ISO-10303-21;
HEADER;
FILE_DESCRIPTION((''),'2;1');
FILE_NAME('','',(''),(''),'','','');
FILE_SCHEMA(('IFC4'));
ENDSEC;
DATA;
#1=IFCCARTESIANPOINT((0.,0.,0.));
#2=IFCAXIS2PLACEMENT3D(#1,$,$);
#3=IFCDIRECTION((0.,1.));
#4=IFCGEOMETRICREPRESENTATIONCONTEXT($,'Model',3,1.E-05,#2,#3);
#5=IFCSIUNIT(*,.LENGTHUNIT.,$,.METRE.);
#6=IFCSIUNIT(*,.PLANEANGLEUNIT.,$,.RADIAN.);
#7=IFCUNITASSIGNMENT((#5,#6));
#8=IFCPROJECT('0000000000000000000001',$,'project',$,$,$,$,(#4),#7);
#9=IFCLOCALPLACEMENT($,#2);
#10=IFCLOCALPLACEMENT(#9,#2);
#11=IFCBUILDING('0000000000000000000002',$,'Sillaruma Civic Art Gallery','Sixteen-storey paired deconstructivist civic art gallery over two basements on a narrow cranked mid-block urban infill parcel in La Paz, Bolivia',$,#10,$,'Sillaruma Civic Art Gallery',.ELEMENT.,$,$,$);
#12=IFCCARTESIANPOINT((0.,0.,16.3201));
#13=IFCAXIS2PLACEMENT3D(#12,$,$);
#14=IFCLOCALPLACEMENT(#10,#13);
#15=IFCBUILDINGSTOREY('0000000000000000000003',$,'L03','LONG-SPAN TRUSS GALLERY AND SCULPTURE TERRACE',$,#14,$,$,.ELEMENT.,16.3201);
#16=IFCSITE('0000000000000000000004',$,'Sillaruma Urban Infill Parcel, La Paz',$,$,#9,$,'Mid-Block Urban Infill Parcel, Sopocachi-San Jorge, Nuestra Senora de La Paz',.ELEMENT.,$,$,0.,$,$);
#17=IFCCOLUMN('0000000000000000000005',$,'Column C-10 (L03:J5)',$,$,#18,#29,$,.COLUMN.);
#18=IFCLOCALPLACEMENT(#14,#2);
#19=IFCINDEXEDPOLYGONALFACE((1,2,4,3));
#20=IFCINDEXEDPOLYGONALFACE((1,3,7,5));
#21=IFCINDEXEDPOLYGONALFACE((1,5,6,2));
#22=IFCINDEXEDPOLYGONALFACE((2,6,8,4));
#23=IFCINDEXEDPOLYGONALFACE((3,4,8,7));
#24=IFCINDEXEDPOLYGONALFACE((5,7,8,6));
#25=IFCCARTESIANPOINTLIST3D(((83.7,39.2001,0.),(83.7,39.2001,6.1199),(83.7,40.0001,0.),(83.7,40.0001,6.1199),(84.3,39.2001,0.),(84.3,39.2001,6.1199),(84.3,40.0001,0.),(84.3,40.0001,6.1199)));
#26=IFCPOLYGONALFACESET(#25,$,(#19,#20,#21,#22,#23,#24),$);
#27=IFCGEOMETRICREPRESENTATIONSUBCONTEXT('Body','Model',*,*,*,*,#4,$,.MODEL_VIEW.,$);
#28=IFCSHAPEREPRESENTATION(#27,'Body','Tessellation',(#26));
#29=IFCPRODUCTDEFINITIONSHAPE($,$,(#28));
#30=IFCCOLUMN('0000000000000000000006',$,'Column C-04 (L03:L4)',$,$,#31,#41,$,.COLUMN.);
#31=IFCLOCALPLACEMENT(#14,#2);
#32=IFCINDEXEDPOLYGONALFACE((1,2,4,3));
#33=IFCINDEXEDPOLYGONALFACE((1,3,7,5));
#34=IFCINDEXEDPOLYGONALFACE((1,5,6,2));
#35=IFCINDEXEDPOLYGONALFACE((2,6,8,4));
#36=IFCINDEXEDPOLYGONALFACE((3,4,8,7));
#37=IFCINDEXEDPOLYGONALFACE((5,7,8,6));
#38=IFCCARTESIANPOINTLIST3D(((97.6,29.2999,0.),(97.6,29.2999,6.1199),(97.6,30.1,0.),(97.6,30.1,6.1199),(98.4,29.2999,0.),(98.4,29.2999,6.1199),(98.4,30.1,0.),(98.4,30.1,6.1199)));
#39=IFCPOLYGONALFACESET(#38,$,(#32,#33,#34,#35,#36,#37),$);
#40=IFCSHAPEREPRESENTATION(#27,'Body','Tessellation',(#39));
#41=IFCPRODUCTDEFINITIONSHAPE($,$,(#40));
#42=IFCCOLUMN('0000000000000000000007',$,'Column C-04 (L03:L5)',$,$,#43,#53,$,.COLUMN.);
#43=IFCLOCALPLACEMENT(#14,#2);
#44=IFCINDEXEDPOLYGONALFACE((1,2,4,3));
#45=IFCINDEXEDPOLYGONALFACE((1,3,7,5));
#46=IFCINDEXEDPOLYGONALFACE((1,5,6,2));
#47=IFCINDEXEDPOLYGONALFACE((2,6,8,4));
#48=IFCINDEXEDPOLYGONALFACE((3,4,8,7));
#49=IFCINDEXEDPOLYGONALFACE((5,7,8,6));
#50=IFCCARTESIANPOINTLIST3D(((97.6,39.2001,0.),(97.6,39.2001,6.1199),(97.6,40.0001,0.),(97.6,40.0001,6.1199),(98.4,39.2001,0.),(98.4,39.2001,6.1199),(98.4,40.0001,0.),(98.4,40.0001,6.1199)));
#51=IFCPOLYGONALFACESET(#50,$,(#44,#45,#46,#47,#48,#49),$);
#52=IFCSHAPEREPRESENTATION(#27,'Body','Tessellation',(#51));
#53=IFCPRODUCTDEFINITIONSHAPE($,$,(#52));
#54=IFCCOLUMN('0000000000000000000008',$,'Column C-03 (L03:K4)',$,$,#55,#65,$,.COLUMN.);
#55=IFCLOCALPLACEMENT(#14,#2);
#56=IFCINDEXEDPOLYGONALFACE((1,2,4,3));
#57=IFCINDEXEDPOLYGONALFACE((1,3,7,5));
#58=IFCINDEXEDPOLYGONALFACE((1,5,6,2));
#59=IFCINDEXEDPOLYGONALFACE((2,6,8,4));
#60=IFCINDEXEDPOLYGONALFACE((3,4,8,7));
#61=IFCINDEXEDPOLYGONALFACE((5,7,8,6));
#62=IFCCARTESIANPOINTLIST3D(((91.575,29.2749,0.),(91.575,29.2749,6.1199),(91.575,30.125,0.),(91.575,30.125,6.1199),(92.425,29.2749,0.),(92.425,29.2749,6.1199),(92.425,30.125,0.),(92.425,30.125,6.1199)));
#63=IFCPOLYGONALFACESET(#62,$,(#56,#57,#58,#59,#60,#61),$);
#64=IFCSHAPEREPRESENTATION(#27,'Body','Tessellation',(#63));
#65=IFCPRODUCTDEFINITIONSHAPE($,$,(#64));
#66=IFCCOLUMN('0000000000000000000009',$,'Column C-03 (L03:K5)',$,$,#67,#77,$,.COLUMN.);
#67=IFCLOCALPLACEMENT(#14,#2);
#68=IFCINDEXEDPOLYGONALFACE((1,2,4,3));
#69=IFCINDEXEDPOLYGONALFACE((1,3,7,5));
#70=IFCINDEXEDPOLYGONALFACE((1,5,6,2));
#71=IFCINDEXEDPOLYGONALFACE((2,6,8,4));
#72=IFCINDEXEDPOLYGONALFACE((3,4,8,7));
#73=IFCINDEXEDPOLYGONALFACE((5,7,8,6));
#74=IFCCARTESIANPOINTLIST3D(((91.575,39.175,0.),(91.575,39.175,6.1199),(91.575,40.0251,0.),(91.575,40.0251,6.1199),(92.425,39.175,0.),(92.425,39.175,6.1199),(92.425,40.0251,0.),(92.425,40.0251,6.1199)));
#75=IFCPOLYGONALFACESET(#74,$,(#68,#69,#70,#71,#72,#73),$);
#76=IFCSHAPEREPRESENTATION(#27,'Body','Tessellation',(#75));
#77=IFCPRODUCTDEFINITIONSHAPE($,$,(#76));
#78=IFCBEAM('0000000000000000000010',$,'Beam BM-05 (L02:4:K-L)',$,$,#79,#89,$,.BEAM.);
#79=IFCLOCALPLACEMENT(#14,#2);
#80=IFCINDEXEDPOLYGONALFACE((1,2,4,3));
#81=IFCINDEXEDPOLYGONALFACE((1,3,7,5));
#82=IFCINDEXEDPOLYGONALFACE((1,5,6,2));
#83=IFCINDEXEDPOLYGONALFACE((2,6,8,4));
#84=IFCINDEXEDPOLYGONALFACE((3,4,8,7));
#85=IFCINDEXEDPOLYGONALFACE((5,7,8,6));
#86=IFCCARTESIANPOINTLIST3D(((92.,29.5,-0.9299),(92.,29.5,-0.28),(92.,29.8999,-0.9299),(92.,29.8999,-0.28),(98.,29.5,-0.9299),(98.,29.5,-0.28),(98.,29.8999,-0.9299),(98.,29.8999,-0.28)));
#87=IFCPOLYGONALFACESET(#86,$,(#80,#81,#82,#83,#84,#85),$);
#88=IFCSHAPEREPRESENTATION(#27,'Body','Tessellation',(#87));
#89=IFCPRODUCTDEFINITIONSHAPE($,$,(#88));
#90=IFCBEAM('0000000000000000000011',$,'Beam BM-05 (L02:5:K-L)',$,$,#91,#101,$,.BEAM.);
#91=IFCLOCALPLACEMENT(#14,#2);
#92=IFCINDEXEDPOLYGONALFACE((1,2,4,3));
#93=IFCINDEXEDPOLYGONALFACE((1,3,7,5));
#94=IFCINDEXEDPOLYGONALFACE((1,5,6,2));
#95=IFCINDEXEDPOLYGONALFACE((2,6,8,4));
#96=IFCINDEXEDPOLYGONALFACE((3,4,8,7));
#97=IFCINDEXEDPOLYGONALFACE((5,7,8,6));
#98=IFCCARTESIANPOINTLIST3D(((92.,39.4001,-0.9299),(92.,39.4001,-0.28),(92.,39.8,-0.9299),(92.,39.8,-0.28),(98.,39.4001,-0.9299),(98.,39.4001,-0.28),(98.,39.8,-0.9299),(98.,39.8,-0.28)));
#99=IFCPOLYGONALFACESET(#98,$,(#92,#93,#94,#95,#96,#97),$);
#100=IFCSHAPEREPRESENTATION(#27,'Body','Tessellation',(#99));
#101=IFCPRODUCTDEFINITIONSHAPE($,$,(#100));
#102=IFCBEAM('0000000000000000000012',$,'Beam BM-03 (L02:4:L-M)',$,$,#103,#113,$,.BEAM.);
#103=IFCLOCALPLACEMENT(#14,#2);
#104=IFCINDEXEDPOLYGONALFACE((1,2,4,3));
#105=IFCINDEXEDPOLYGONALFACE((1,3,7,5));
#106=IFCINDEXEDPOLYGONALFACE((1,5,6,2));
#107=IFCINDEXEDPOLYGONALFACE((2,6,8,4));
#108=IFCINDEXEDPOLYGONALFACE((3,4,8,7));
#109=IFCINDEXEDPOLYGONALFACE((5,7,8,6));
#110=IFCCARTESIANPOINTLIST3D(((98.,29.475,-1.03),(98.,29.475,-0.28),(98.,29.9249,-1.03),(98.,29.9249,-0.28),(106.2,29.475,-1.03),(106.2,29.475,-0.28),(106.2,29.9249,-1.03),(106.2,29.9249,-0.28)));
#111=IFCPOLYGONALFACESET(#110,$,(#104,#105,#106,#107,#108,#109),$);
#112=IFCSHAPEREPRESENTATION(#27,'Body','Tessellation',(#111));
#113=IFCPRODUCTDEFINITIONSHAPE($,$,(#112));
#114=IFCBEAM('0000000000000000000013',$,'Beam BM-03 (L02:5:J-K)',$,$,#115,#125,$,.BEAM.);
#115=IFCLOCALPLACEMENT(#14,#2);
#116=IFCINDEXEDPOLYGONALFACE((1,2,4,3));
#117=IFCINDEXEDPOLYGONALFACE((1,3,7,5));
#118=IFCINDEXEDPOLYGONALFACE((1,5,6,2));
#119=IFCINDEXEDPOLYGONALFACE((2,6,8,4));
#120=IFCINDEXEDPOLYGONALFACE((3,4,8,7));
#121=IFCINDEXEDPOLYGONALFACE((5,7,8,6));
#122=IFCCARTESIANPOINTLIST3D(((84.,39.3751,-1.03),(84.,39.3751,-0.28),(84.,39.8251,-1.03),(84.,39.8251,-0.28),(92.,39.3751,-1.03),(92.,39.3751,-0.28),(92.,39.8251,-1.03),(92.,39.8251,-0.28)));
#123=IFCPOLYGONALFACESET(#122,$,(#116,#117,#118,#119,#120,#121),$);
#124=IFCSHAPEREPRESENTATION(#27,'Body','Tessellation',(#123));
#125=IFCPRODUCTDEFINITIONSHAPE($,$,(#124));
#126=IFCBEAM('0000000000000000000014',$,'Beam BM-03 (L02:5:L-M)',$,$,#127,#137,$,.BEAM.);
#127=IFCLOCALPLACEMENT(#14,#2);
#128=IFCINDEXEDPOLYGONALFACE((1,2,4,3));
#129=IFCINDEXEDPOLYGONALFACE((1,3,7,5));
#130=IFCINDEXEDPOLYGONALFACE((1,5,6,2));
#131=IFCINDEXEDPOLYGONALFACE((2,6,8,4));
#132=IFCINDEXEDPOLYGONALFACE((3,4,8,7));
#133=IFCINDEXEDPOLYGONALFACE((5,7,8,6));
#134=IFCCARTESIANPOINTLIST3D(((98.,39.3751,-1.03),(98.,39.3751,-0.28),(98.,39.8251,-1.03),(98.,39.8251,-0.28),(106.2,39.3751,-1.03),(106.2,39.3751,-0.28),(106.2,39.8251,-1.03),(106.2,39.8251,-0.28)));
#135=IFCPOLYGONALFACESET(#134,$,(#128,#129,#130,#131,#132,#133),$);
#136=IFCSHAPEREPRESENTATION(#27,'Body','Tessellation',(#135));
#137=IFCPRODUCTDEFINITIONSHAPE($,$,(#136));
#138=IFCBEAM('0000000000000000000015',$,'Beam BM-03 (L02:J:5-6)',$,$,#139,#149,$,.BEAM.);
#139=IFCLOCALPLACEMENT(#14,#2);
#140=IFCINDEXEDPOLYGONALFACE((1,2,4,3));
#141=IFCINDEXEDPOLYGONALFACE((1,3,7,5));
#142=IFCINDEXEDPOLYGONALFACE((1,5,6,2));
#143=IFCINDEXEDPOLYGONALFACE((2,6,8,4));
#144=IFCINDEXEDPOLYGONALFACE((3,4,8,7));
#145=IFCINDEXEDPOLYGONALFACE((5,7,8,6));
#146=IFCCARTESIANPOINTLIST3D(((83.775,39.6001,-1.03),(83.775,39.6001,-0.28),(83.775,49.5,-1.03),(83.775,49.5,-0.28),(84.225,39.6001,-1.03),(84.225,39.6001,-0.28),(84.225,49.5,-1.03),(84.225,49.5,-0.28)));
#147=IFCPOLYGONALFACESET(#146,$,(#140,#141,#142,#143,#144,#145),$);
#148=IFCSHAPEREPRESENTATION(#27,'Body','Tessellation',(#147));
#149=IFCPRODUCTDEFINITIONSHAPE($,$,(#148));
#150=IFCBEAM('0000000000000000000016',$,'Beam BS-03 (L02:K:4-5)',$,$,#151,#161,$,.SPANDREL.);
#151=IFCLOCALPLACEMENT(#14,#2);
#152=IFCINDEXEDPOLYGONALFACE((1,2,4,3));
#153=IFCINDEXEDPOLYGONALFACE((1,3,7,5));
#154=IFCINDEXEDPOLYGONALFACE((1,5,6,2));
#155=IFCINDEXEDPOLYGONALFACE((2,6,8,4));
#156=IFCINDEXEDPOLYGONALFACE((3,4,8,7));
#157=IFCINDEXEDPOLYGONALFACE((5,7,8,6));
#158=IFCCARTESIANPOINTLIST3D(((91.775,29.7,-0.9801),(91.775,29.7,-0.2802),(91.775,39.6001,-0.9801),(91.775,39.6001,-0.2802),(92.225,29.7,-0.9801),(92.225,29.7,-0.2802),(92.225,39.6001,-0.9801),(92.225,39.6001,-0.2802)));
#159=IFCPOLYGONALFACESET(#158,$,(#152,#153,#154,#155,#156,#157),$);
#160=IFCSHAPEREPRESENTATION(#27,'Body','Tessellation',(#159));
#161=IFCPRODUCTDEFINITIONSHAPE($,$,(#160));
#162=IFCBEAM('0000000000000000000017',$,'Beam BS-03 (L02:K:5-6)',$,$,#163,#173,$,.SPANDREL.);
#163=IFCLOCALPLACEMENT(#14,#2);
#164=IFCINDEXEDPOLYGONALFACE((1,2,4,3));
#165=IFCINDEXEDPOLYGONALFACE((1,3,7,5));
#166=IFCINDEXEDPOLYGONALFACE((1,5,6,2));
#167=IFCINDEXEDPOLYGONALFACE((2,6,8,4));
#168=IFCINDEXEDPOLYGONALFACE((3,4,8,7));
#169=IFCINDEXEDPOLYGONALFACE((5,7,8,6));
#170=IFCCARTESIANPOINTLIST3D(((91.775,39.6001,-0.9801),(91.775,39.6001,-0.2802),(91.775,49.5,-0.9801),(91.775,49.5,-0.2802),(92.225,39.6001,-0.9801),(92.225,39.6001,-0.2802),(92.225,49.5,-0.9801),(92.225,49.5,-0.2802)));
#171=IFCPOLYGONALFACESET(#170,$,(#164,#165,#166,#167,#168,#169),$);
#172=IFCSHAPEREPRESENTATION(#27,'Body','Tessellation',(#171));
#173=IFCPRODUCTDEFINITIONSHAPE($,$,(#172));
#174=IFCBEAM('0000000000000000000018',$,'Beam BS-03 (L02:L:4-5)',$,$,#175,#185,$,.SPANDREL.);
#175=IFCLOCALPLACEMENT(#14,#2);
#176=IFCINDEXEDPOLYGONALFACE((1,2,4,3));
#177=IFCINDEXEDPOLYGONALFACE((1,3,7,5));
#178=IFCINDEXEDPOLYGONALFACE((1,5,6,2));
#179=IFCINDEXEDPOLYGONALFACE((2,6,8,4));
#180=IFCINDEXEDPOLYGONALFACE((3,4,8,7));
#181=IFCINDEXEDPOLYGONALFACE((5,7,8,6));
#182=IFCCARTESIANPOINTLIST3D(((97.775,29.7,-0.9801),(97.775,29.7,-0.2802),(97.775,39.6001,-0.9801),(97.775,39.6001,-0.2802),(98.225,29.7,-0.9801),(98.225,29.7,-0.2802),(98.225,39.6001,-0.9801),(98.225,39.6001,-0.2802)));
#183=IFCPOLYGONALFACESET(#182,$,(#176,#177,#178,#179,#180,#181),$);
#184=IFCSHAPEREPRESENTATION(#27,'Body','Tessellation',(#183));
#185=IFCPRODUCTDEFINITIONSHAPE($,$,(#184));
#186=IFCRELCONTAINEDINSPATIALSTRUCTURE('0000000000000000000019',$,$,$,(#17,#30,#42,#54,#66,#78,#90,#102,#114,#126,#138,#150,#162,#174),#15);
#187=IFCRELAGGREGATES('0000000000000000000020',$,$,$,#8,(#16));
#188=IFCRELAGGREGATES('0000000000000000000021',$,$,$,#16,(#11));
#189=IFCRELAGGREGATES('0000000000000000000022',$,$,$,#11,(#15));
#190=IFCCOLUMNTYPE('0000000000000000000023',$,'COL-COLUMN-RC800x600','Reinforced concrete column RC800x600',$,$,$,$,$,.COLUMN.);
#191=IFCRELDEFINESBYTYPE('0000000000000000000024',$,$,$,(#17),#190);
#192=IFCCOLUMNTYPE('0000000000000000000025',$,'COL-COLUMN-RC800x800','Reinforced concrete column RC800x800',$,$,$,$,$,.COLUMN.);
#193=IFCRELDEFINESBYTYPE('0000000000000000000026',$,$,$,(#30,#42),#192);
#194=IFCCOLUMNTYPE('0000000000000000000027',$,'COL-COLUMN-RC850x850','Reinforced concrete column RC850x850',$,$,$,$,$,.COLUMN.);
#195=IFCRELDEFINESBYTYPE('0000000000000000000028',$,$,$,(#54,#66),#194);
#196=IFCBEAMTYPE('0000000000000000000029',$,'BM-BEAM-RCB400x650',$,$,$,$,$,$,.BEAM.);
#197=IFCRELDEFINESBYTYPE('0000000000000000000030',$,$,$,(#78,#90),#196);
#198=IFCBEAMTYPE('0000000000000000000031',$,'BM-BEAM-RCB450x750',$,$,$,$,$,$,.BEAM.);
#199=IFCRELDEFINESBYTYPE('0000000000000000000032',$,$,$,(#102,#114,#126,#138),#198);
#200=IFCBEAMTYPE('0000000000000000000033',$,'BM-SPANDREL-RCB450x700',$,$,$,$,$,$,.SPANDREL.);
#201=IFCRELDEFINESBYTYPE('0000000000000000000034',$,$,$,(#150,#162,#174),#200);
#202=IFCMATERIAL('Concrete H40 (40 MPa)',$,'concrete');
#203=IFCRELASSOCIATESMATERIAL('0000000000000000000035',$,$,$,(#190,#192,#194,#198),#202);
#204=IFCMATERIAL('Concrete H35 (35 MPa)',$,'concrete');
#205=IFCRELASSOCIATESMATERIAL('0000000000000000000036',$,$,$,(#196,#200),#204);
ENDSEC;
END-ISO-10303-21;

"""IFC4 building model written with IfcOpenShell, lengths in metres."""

from ifc_helpers import new_model, si_unit, direction, frame, origin, origin_2d, place, context, subcontext, project, spatial, rectangle, extrude, material, material_profile, profile_set, type_object, element, save


model = new_model("IFC4")

# Units and contexts
model_context = context("Model", 3, precision=1e-05, world=origin(), true_north=direction((0.0, 1.0)))
body_context = subcontext(model_context, "Body", "Model", "MODEL_VIEW")
ifc_project = project(units=[si_unit("LENGTHUNIT", "METRE"), si_unit("PLANEANGLEUNIT", "RADIAN")], contexts=[model_context])

# Site, building, storey
site_placement = place(None, origin())
site = spatial("IfcSite", under=ifc_project, at=site_placement, Name="Sillaruma Urban Infill Parcel, La Paz", LongName="Mid-Block Urban Infill Parcel, Sopocachi-San Jorge, Nuestra Senora de La Paz", CompositionType="ELEMENT", RefElevation=0.0)
building_placement = place(site_placement, origin())
building = spatial("IfcBuilding", under=site, at=building_placement, Name="Sillaruma Civic Art Gallery", Description="Sixteen-storey paired deconstructivist civic art gallery over two basements on a narrow cranked mid-block urban infill parcel in La Paz, Bolivia", LongName="Sillaruma Civic Art Gallery", CompositionType="ELEMENT")
storey_placement = place(building_placement, frame((0.0, 0.0, 16.3201)))
storey = spatial("IfcBuildingStorey", under=building, at=storey_placement, Name="L03", Description="LONG-SPAN TRUSS GALLERY AND SCULPTURE TERRACE", CompositionType="ELEMENT", Elevation=16.3201)

# Columns
ifc_material_1 = material(Name="Concrete H40 (40 MPa)", Category="concrete")
ifc_material_profile_1 = material_profile(ifc_material_1, rectangle(XDim=0.6001, YDim=0.8, at=origin_2d()), Name="RC800x600")
ifc_profile_set_1 = profile_set([ifc_material_profile_1], Name="Concrete H40 (40 MPa)")
column_type_1 = type_object("IfcColumnType", Name="COL-COLUMN-RC800x600", Description="Reinforced concrete column RC800x600", PredefinedType="COLUMN", material=ifc_profile_set_1)
column_placement = place(storey_placement, frame((84.0, 39.6001, 0.0), z_axis=(0.0, 0.0, 1.0), x_axis=(1.0, 0.0, 0.0)))
element("IfcColumn", 1, at=column_placement, inside=storey, type_object=column_type_1, Name="Column C-10 (L03:J5)", PredefinedType="COLUMN", context=body_context, shape_type="SweptSolid", body=[
    extrude(rectangle(XDim=0.6001, YDim=0.8, at=origin_2d()), origin(), (0.0, 0.0, 1.0), 6.1199),
])
ifc_material_profile_2 = material_profile(ifc_material_1, rectangle(XDim=0.8, YDim=0.8, at=origin_2d()), Name="RC800x800")
ifc_profile_set_2 = profile_set([ifc_material_profile_2], Name="Concrete H40 (40 MPa)")
column_type_2 = type_object("IfcColumnType", Name="COL-COLUMN-RC800x800", Description="Reinforced concrete column RC800x800", PredefinedType="COLUMN", material=ifc_profile_set_2)
for number, where, z_axis, x_axis, name in (
    (2, (98.0, 29.7, 0.0), (0.0, 0.0, 1.0), (1.0, 0.0, 0.0), "Column C-04 (L03:L4)"),
    (3, (98.0, 39.6001, 0.0), (0.0, 0.0, 1.0), (1.0, 0.0, 0.0), "Column C-04 (L03:L5)"),
):
    element("IfcColumn", number, at=place(storey_placement, frame(where, z_axis=z_axis, x_axis=x_axis)), inside=storey, type_object=column_type_2, Name=name, PredefinedType="COLUMN", context=body_context, shape_type="SweptSolid", body=[
        extrude(rectangle(XDim=0.8, YDim=0.8, at=origin_2d()), origin(), (0.0, 0.0, 1.0), 6.1199),
    ])
ifc_material_profile_3 = material_profile(ifc_material_1, rectangle(XDim=0.8501, YDim=0.8501, at=origin_2d()), Name="RC850x850")
ifc_profile_set_3 = profile_set([ifc_material_profile_3], Name="Concrete H40 (40 MPa)")
column_type_3 = type_object("IfcColumnType", Name="COL-COLUMN-RC850x850", Description="Reinforced concrete column RC850x850", PredefinedType="COLUMN", material=ifc_profile_set_3)
for number, where, z_axis, x_axis, name in (
    (4, (92.0, 29.7, 0.0), (0.0, 0.0, 1.0), (1.0, 0.0, 0.0), "Column C-03 (L03:K4)"),
    (5, (92.0, 39.6001, 0.0), (0.0, 0.0, 1.0), (1.0, 0.0, 0.0), "Column C-03 (L03:K5)"),
):
    element("IfcColumn", number, at=place(storey_placement, frame(where, z_axis=z_axis, x_axis=x_axis)), inside=storey, type_object=column_type_3, Name=name, PredefinedType="COLUMN", context=body_context, shape_type="SweptSolid", body=[
        extrude(rectangle(XDim=0.8501, YDim=0.8501, at=origin_2d()), origin(), (0.0, 0.0, 1.0), 6.1199),
    ])

# Beams
ifc_material_2 = material(Name="Concrete H35 (35 MPa)", Category="concrete")
ifc_material_profile_4 = material_profile(ifc_material_2, rectangle(XDim=0.3999, YDim=0.6499, at=origin_2d()), Name="RCB400x650")
ifc_profile_set_4 = profile_set([ifc_material_profile_4], Name="Concrete H35 (35 MPa)")
beam_type_1 = type_object("IfcBeamType", Name="BM-BEAM-RCB400x650", PredefinedType="BEAM", material=ifc_profile_set_4)
for number, where, z_axis, x_axis, name in (
    (6, (92.0, 29.7, -0.605), (1.0, 0.0, 0.0), (0.0, 1.0, 0.0), "Beam BM-05 (L02:4:K-L)"),
    (7, (92.0, 39.6001, -0.605), (1.0, 0.0, 0.0), (0.0, 1.0, 0.0), "Beam BM-05 (L02:5:K-L)"),
):
    element("IfcBeam", number, at=place(storey_placement, frame(where, z_axis=z_axis, x_axis=x_axis)), inside=storey, type_object=beam_type_1, Name=name, PredefinedType="BEAM", context=body_context, shape_type="SweptSolid", body=[
        extrude(rectangle(XDim=0.3999, YDim=0.6499, at=origin_2d()), origin(), (0.0, 0.0, 1.0), 6.0),
    ])
ifc_material_profile_5 = material_profile(ifc_material_1, rectangle(XDim=0.45, YDim=0.75, at=origin_2d()), Name="RCB450x750")
ifc_profile_set_5 = profile_set([ifc_material_profile_5], Name="Concrete H40 (40 MPa)")
beam_type_2 = type_object("IfcBeamType", Name="BM-BEAM-RCB450x750", PredefinedType="BEAM", material=ifc_profile_set_5)
beam_1_placement = place(storey_placement, frame((98.0, 29.7, -0.655), z_axis=(1.0, 0.0, 0.0), x_axis=(0.0, 1.0, 0.0)))
element("IfcBeam", 8, at=beam_1_placement, inside=storey, type_object=beam_type_2, Name="Beam BM-03 (L02:4:L-M)", PredefinedType="BEAM", context=body_context, shape_type="SweptSolid", body=[
    extrude(rectangle(XDim=0.45, YDim=0.75, at=origin_2d()), origin(), (0.0, 0.0, 1.0), 8.2),
])
beam_2_placement = place(storey_placement, frame((84.0, 39.6001, -0.655), z_axis=(1.0, 0.0, 0.0), x_axis=(0.0, 1.0, 0.0)))
element("IfcBeam", 9, at=beam_2_placement, inside=storey, type_object=beam_type_2, Name="Beam BM-03 (L02:5:J-K)", PredefinedType="BEAM", context=body_context, shape_type="SweptSolid", body=[
    extrude(rectangle(XDim=0.45, YDim=0.75, at=origin_2d()), origin(), (0.0, 0.0, 1.0), 8.0),
])
beam_3_placement = place(storey_placement, frame((98.0, 39.6001, -0.655), z_axis=(1.0, 0.0, 0.0), x_axis=(0.0, 1.0, 0.0)))
element("IfcBeam", 10, at=beam_3_placement, inside=storey, type_object=beam_type_2, Name="Beam BM-03 (L02:5:L-M)", PredefinedType="BEAM", context=body_context, shape_type="SweptSolid", body=[
    extrude(rectangle(XDim=0.45, YDim=0.75, at=origin_2d()), origin(), (0.0, 0.0, 1.0), 8.2),
])
beam_4_placement = place(storey_placement, frame((84.0, 39.6001, -0.655), z_axis=(0.0, 1.0, 0.0), x_axis=(-1.0, 0.0, 0.0)))
element("IfcBeam", 11, at=beam_4_placement, inside=storey, type_object=beam_type_2, Name="Beam BM-03 (L02:J:5-6)", PredefinedType="BEAM", context=body_context, shape_type="SweptSolid", body=[
    extrude(rectangle(XDim=0.45, YDim=0.75, at=origin_2d()), origin(), (0.0, 0.0, 1.0), 9.8999),
])
ifc_material_profile_6 = material_profile(ifc_material_2, rectangle(XDim=0.45, YDim=0.7, at=origin_2d()), Name="RCB450x700")
ifc_profile_set_6 = profile_set([ifc_material_profile_6], Name="Concrete H35 (35 MPa)")
beam_type_3 = type_object("IfcBeamType", Name="BM-SPANDREL-RCB450x700", PredefinedType="SPANDREL", material=ifc_profile_set_6)
beam_5_placement = place(storey_placement, frame((92.0, 29.7, -0.6301), z_axis=(0.0, 1.0, 0.0), x_axis=(-1.0, 0.0, 0.0)))
element("IfcBeam", 12, at=beam_5_placement, inside=storey, type_object=beam_type_3, Name="Beam BS-03 (L02:K:4-5)", PredefinedType="SPANDREL", context=body_context, shape_type="SweptSolid", body=[
    extrude(rectangle(XDim=0.45, YDim=0.7, at=origin_2d()), origin(), (0.0, 0.0, 1.0), 9.9001),
])
beam_6_placement = place(storey_placement, frame((92.0, 39.6001, -0.6301), z_axis=(0.0, 1.0, 0.0), x_axis=(-1.0, 0.0, 0.0)))
element("IfcBeam", 13, at=beam_6_placement, inside=storey, type_object=beam_type_3, Name="Beam BS-03 (L02:K:5-6)", PredefinedType="SPANDREL", context=body_context, shape_type="SweptSolid", body=[
    extrude(rectangle(XDim=0.45, YDim=0.7, at=origin_2d()), origin(), (0.0, 0.0, 1.0), 9.8999),
])
beam_7_placement = place(storey_placement, frame((98.0, 29.7, -0.6301), z_axis=(0.0, 1.0, 0.0), x_axis=(-1.0, 0.0, 0.0)))
element("IfcBeam", 14, at=beam_7_placement, inside=storey, type_object=beam_type_3, Name="Beam BS-03 (L02:L:4-5)", PredefinedType="SPANDREL", context=body_context, shape_type="SweptSolid", body=[
    extrude(rectangle(XDim=0.45, YDim=0.7, at=origin_2d()), origin(), (0.0, 0.0, 1.0), 9.9001),
])

save(model, "model.ifc")
